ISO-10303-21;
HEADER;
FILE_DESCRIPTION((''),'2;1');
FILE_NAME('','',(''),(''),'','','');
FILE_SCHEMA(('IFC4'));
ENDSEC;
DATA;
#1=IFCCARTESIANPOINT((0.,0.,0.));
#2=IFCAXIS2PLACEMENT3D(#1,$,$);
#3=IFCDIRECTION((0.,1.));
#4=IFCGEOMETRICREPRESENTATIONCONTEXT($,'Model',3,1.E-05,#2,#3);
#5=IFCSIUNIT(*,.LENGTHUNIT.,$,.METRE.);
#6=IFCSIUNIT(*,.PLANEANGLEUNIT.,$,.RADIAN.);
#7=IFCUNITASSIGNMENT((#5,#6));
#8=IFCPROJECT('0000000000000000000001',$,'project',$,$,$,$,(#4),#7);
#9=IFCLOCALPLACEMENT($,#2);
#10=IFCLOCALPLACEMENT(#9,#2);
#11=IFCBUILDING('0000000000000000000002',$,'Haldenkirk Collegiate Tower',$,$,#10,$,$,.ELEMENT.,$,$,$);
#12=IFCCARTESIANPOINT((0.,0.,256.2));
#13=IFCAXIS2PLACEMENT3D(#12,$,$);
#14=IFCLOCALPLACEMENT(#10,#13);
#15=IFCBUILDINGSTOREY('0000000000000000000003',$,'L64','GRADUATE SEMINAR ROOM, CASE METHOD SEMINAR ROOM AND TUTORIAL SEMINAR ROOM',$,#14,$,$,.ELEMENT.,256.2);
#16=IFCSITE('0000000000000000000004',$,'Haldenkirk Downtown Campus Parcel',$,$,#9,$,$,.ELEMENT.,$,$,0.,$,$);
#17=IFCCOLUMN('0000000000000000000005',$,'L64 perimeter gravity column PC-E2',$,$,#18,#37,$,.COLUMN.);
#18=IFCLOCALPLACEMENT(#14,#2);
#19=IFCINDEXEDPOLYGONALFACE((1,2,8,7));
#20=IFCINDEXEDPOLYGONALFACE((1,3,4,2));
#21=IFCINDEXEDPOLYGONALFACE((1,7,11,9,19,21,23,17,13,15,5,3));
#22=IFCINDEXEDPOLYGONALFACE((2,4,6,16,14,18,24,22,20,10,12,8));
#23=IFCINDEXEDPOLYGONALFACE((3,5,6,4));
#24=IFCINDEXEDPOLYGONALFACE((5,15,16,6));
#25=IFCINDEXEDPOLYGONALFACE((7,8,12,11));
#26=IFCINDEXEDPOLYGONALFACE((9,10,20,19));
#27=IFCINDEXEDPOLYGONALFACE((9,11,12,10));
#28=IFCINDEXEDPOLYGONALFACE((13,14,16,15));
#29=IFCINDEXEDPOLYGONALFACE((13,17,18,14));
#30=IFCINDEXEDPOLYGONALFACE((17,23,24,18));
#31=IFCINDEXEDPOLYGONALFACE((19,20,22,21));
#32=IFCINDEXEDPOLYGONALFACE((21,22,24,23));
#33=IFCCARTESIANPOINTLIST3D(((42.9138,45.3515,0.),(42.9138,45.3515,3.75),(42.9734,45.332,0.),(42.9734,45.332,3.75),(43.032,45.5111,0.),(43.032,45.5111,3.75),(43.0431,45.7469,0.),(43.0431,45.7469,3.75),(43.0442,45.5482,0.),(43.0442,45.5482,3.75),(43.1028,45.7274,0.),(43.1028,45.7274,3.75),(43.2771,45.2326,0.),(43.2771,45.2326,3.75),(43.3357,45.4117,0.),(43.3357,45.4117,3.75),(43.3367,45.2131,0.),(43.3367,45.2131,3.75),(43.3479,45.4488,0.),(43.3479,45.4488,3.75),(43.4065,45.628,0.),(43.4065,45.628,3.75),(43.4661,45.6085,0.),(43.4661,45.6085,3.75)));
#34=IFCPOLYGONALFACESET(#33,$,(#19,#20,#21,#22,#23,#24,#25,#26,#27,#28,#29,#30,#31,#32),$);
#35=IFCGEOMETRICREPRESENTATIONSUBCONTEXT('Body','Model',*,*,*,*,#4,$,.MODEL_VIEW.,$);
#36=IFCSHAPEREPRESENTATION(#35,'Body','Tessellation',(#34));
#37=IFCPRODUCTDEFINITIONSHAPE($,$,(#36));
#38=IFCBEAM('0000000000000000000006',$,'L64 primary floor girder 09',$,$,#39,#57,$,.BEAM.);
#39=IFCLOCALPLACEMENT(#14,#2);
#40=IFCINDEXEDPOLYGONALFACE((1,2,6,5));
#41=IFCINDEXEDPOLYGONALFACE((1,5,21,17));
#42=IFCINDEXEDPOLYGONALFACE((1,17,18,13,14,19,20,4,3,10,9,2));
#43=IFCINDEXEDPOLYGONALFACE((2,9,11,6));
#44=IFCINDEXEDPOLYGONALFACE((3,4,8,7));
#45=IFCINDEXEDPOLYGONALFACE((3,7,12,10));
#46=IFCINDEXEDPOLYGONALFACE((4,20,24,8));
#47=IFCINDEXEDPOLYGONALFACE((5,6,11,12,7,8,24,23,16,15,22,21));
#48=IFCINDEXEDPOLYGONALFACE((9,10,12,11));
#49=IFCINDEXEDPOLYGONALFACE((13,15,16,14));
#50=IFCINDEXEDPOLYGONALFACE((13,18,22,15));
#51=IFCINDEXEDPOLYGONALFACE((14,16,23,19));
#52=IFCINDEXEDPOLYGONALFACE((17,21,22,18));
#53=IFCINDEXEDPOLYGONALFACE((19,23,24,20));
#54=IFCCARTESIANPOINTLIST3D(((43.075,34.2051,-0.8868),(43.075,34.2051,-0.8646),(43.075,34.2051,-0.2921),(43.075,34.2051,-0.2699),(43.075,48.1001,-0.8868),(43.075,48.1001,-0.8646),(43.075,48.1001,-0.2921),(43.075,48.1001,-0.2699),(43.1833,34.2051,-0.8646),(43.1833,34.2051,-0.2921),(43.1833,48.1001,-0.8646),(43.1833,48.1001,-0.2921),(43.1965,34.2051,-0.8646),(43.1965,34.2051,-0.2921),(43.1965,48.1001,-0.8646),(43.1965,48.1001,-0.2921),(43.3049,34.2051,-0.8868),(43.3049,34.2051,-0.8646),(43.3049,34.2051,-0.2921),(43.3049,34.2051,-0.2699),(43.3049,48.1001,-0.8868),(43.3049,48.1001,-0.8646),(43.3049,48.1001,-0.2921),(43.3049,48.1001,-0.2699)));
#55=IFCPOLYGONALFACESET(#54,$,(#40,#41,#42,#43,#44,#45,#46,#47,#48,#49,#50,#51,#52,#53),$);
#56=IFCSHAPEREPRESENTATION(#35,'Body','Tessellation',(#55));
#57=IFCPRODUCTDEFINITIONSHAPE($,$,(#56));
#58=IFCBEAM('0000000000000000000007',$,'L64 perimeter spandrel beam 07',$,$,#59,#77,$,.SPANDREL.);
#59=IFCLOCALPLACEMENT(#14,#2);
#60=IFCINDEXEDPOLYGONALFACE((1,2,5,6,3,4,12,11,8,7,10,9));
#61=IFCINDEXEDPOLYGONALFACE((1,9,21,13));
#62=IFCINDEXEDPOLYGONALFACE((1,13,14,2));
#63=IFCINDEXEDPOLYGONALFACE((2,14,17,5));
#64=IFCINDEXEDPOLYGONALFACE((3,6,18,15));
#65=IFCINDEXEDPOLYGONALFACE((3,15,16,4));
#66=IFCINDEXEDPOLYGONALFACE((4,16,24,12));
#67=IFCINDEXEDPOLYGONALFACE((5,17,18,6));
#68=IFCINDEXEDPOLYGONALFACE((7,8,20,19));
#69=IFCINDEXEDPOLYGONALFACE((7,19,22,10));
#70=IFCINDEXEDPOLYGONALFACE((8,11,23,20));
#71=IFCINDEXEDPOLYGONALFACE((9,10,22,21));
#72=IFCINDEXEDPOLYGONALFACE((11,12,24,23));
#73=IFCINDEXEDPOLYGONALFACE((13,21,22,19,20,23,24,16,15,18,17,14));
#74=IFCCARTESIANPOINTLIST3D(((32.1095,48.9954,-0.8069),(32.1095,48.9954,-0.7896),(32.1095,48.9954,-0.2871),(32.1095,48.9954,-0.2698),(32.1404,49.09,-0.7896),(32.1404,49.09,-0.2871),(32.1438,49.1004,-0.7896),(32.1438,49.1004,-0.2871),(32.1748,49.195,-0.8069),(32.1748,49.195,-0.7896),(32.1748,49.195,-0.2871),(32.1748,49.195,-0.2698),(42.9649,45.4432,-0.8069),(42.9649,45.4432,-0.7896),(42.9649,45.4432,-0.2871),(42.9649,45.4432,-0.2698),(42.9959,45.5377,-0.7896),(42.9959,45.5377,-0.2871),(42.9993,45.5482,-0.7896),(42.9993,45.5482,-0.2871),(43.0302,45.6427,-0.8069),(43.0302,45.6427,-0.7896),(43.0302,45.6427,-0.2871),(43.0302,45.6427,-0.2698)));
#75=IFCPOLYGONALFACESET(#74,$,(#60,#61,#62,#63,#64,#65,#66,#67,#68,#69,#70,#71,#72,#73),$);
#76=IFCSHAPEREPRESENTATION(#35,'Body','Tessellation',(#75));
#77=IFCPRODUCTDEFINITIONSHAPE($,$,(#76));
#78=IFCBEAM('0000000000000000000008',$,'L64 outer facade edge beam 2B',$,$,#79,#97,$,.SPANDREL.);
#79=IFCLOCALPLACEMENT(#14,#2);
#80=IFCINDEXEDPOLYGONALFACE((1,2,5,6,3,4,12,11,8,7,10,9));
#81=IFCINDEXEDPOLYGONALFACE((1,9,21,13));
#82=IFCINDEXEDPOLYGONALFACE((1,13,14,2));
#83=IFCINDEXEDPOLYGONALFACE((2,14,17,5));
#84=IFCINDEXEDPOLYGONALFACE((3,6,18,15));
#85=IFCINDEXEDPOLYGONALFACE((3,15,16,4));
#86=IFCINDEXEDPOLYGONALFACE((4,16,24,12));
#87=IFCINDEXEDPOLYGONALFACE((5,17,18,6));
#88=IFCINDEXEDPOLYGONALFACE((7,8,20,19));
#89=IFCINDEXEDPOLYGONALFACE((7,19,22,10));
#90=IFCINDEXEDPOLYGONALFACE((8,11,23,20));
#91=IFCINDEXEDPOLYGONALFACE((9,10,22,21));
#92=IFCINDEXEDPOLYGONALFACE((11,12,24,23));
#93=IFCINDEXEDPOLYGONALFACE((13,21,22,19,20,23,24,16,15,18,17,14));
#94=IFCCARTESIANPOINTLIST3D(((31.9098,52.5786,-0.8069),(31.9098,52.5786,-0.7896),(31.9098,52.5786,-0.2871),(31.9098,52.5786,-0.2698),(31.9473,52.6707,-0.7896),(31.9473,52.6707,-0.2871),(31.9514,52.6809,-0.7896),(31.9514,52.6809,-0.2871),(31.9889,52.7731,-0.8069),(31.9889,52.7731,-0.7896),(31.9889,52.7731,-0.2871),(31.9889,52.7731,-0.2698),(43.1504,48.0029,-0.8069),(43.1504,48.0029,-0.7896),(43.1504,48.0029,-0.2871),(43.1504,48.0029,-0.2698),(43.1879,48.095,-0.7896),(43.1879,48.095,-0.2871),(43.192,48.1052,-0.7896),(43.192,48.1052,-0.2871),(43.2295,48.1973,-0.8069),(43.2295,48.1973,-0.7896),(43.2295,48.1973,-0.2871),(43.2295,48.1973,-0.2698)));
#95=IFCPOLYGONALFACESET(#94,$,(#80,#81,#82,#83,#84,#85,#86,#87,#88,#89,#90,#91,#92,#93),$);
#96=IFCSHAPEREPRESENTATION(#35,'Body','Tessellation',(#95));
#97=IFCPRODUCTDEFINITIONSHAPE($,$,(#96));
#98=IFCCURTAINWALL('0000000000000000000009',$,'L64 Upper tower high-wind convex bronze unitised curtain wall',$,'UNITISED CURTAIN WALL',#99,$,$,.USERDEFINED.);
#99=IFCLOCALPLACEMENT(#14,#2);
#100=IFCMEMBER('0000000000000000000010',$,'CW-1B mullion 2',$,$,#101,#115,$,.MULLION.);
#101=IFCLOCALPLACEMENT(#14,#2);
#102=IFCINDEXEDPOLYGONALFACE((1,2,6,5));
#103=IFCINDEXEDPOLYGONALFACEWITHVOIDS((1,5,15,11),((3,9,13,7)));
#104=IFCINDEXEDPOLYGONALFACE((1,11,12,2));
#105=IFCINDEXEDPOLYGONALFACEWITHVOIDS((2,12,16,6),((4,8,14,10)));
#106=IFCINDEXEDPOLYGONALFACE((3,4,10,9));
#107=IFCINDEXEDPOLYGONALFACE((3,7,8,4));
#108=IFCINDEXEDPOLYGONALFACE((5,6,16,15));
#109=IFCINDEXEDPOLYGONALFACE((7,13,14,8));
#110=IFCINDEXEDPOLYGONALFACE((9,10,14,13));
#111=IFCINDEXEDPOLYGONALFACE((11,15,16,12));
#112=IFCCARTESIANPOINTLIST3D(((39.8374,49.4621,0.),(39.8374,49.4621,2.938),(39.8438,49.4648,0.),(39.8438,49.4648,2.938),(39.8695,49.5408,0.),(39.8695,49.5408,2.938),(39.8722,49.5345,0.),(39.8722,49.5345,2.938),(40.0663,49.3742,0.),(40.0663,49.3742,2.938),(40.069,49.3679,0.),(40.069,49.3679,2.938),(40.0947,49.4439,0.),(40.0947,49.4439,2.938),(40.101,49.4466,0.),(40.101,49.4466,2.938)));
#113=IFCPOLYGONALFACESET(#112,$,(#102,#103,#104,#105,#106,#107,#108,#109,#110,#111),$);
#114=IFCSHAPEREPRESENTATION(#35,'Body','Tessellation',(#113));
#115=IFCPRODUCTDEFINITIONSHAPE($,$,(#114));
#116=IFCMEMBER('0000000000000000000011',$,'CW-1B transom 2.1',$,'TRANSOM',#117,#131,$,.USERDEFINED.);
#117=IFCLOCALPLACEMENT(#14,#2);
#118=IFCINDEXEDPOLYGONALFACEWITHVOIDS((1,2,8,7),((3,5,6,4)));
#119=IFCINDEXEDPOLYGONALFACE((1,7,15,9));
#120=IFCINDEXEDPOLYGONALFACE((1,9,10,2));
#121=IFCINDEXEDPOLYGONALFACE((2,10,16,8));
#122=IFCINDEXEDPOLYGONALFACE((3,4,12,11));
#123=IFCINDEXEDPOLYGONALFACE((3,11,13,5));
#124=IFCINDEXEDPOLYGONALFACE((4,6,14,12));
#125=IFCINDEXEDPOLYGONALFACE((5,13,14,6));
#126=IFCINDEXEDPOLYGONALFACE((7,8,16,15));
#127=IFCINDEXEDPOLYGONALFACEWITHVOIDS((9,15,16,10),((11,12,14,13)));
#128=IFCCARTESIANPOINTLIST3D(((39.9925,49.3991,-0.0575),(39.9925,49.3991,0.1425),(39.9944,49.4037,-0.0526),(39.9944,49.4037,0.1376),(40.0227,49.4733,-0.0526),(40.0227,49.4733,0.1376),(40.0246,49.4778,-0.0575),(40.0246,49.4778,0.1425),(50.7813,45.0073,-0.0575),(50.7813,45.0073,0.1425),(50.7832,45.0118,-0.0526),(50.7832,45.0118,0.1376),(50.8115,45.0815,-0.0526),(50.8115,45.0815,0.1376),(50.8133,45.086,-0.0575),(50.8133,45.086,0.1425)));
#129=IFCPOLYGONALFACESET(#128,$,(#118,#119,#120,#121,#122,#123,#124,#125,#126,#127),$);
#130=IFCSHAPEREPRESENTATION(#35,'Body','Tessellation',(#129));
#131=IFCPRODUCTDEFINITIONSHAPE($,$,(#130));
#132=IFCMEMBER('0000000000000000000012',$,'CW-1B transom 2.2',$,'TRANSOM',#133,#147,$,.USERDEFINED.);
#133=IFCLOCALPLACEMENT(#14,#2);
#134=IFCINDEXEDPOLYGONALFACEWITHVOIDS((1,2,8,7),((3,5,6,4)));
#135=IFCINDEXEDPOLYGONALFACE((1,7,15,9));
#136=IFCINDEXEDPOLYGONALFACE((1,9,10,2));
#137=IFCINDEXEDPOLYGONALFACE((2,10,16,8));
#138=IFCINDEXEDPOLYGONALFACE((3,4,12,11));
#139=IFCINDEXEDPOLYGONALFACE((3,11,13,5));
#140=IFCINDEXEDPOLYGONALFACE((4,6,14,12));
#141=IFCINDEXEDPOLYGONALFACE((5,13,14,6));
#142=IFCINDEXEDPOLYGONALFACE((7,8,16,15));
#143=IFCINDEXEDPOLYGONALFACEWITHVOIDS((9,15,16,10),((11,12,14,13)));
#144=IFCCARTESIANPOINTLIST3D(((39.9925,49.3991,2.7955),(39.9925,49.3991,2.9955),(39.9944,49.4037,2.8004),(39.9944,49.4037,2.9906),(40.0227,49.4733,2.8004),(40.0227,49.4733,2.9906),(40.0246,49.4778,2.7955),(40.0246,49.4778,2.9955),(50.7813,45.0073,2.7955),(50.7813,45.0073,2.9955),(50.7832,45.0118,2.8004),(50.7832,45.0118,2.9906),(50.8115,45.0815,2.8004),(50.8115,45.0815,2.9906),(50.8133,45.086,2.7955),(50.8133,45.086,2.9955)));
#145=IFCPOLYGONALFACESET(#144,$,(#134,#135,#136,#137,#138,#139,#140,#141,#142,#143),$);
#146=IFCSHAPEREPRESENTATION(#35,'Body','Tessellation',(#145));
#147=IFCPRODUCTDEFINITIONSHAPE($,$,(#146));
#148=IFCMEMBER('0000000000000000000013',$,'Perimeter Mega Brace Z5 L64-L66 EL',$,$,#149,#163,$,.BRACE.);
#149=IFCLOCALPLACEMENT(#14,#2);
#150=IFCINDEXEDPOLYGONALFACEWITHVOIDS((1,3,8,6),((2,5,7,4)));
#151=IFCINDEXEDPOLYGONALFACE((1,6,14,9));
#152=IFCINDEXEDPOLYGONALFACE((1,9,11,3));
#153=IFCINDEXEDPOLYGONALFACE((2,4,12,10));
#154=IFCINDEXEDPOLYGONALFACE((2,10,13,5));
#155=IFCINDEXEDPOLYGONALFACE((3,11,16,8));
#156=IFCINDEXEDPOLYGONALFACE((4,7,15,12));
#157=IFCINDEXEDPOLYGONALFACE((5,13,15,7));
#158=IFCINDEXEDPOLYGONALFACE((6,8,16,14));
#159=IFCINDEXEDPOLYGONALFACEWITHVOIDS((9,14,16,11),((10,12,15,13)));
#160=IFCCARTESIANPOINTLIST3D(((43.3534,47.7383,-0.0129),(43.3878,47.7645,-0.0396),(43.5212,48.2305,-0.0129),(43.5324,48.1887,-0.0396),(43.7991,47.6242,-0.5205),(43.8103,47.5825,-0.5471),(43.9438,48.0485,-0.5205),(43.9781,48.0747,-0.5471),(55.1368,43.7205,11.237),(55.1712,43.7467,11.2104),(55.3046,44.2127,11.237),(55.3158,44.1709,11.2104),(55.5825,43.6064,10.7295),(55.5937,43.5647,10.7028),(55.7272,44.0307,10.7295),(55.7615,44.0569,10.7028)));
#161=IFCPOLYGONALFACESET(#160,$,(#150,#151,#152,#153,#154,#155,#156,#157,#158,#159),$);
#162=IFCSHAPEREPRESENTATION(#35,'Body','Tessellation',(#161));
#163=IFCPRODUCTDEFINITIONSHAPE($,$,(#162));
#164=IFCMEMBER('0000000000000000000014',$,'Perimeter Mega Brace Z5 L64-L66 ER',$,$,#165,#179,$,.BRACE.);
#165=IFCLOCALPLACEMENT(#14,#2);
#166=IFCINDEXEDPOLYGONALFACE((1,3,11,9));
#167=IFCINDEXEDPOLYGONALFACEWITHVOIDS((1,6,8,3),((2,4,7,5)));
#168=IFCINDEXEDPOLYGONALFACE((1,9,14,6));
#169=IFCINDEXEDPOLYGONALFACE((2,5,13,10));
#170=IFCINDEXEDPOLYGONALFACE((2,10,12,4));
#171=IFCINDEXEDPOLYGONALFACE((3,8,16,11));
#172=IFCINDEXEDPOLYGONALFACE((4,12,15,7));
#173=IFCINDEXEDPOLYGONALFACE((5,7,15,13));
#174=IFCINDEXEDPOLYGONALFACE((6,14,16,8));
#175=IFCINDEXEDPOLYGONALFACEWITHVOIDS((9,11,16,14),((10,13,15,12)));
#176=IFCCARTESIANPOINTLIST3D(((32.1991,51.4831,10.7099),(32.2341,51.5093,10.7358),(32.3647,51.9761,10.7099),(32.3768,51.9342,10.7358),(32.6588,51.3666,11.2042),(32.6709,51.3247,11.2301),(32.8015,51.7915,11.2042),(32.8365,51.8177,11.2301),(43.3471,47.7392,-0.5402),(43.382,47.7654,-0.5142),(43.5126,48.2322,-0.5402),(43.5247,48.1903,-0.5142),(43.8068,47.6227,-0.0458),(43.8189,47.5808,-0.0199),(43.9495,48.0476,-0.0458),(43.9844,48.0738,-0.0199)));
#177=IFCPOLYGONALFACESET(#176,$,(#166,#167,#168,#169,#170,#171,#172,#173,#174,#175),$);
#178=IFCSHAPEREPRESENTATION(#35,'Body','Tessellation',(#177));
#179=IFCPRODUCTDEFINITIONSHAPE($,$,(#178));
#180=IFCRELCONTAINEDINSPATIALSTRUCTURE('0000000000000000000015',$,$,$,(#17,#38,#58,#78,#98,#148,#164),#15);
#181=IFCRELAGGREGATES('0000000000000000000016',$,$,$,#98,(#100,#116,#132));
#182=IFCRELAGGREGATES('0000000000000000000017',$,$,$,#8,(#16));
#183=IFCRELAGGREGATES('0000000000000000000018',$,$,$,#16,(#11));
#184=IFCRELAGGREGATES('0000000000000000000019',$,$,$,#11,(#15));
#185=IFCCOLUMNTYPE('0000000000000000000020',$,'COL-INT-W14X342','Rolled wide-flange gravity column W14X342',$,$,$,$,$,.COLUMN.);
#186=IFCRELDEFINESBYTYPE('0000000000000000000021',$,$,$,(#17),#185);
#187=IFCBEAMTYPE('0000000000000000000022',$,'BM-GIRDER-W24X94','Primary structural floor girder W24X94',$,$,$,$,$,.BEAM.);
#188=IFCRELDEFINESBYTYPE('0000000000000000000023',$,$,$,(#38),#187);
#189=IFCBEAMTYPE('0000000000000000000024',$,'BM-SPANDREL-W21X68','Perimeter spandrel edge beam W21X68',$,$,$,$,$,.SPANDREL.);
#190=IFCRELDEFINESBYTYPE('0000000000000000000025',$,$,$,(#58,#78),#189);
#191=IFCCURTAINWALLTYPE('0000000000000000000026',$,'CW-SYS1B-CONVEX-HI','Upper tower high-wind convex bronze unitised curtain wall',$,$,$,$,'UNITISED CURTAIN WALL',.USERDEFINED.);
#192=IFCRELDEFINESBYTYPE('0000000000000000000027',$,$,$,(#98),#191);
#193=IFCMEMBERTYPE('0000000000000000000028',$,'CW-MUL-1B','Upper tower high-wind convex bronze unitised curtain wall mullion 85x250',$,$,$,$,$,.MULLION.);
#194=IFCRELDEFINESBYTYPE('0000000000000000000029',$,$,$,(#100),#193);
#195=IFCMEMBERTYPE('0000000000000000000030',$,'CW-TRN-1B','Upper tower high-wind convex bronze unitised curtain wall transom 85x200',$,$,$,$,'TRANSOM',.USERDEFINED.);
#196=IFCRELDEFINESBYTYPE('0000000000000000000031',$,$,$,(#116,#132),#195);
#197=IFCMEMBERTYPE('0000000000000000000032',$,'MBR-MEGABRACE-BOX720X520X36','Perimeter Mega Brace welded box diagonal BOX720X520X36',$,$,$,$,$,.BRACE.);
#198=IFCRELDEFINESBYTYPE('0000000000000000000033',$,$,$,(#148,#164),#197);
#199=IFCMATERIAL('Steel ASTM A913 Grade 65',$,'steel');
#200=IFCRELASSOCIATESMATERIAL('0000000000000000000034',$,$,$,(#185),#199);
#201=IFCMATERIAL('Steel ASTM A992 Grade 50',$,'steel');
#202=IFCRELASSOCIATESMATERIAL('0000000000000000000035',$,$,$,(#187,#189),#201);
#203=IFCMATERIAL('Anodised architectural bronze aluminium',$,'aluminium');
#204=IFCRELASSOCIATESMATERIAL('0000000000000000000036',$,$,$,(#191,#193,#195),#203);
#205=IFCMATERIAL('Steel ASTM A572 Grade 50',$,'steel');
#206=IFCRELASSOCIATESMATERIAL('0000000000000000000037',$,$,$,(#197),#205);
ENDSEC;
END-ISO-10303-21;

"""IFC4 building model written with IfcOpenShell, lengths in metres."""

from ifc_helpers import new_model, si_unit, direction, frame, origin, origin_2d, place, context, subcontext, project, spatial, hollow_rectangle, i_section, extrude, material, material_profile, profile_set, type_object, element, aggregate, save


model = new_model("IFC4")

# Units and contexts
model_context = context("Model", 3, precision=1e-05, world=origin(), true_north=direction((0.0, 1.0)))
body_context = subcontext(model_context, "Body", "Model", "MODEL_VIEW")
ifc_project = project(units=[si_unit("LENGTHUNIT", "METRE"), si_unit("PLANEANGLEUNIT", "RADIAN")], contexts=[model_context])

# Site, building, storey
site_placement = place(None, origin())
site = spatial("IfcSite", under=ifc_project, at=site_placement, Name="Haldenkirk Downtown Campus Parcel", CompositionType="ELEMENT", RefElevation=0.0)
building_placement = place(site_placement, origin())
building = spatial("IfcBuilding", under=site, at=building_placement, Name="Haldenkirk Collegiate Tower", CompositionType="ELEMENT")
storey_placement = place(building_placement, frame((0.0, 0.0, 256.2)))
storey = spatial("IfcBuildingStorey", under=building, at=storey_placement, Name="L64", Description="GRADUATE SEMINAR ROOM, CASE METHOD SEMINAR ROOM AND TUTORIAL SEMINAR ROOM", CompositionType="ELEMENT", Elevation=256.2)

# Column
ifc_material_1 = material(Name="Steel ASTM A913 Grade 65", Category="steel")
ifc_material_profile_1 = material_profile(ifc_material_1, i_section(OverallWidth=0.416, OverallDepth=0.4451, WebThickness=0.0391, FlangeThickness=0.0627, at=origin_2d()), Name="W14X342")
ifc_profile_set_1 = profile_set([ifc_material_profile_1], Name="Steel ASTM A913 Grade 65")
column_type = type_object("IfcColumnType", Name="COL-INT-W14X342", Description="Rolled wide-flange gravity column W14X342", PredefinedType="COLUMN", material=ifc_profile_set_1)
column_placement = place(storey_placement, frame((43.1899, 45.48, 0.0), z_axis=(0.0, 0.0, 1.0), x_axis=(0.311008, 0.950407, 0.0)))
element("IfcColumn", 1, at=column_placement, inside=storey, type_object=column_type, Name="L64 perimeter gravity column PC-E2", PredefinedType="COLUMN", context=body_context, shape_type="SweptSolid", body=[
    extrude(i_section(OverallWidth=0.416, OverallDepth=0.4451, WebThickness=0.0391, FlangeThickness=0.0627, at=origin_2d()), origin(), (0.0, 0.0, 1.0), 3.75),
])

# Beams
ifc_material_2 = material(Name="Steel ASTM A992 Grade 50", Category="steel")
ifc_material_profile_2 = material_profile(ifc_material_2, i_section(OverallWidth=0.23, OverallDepth=0.6169, WebThickness=0.0132, FlangeThickness=0.0222, at=origin_2d()), Name="W24X94")
ifc_profile_set_2 = profile_set([ifc_material_profile_2], Name="Steel ASTM A992 Grade 50")
beam_type_1 = type_object("IfcBeamType", Name="BM-GIRDER-W24X94", Description="Primary structural floor girder W24X94", PredefinedType="BEAM", material=ifc_profile_set_2)
beam_1_placement = place(storey_placement, frame((43.1899, 48.1001, -0.5784), z_axis=(0.0, -1.0, 0.0), x_axis=(1.0, 0.0, 0.0)))
element("IfcBeam", 2, at=beam_1_placement, inside=storey, type_object=beam_type_1, Name="L64 primary floor girder 09", PredefinedType="BEAM", context=body_context, shape_type="SweptSolid", body=[
    extrude(i_section(OverallWidth=0.23, OverallDepth=0.6169, WebThickness=0.0132, FlangeThickness=0.0222, at=origin_2d()), origin(), (0.0, 0.0, 1.0), 13.895),
])
ifc_material_profile_3 = material_profile(ifc_material_2, i_section(OverallWidth=0.21, OverallDepth=0.5371, WebThickness=0.011, FlangeThickness=0.0173, at=origin_2d()), Name="W21X68")
ifc_profile_set_3 = profile_set([ifc_material_profile_3], Name="Steel ASTM A992 Grade 50")
beam_type_2 = type_object("IfcBeamType", Name="BM-SPANDREL-W21X68", Description="Perimeter spandrel edge beam W21X68", PredefinedType="SPANDREL", material=ifc_profile_set_3)
beam_2_placement = place(storey_placement, frame((42.9976, 45.543, -0.5383), z_axis=(-0.950409, 0.311003, 0.0), x_axis=(-0.311003, -0.950409, 0.0)))
element("IfcBeam", 3, at=beam_2_placement, inside=storey, type_object=beam_type_2, Name="L64 perimeter spandrel beam 07", PredefinedType="SPANDREL", context=body_context, shape_type="SweptSolid", body=[
    extrude(i_section(OverallWidth=0.21, OverallDepth=0.5371, WebThickness=0.011, FlangeThickness=0.0173, at=origin_2d()), origin(), (0.0, 0.0, 1.0), 11.4219),
])
beam_3_placement = place(storey_placement, frame((43.1899, 48.1001, -0.5383), z_axis=(-0.926201, 0.37703, 0.0), x_axis=(-0.37703, -0.926201, 0.0)))
element("IfcBeam", 4, at=beam_3_placement, inside=storey, type_object=beam_type_2, Name="L64 outer facade edge beam 2B", PredefinedType="SPANDREL", context=body_context, shape_type="SweptSolid", body=[
    extrude(i_section(OverallWidth=0.21, OverallDepth=0.5371, WebThickness=0.011, FlangeThickness=0.0173, at=origin_2d()), origin(), (0.0, 0.0, 1.0), 12.1362),
])

# Curtain wall, members
ifc_material_3 = material(Name="Anodised architectural bronze aluminium", Category="aluminium")
curtain_wall_type = type_object("IfcCurtainWallType", Name="CW-SYS1B-CONVEX-HI", Description="Upper tower high-wind convex bronze unitised curtain wall", ElementType="UNITISED CURTAIN WALL", PredefinedType="USERDEFINED", material=ifc_material_3)
curtain_wall_placement = place(storey_placement, origin())
curtain_wall = element("IfcCurtainWall", 5, at=curtain_wall_placement, inside=storey, type_object=curtain_wall_type, Name="L64 Upper tower high-wind convex bronze unitised curtain wall", ObjectType="UNITISED CURTAIN WALL", PredefinedType="USERDEFINED")
ifc_material_profile_4 = material_profile(ifc_material_3, hollow_rectangle(XDim=0.085, YDim=0.25, WallThickness=0.0049, at=origin_2d()), Name="CW-MUL-1B")
ifc_profile_set_4 = profile_set([ifc_material_profile_4], Name="Anodised architectural bronze aluminium")
member_type_1 = type_object("IfcMemberType", Name="CW-MUL-1B", Description="Upper tower high-wind convex bronze unitised curtain wall mullion 85x250", PredefinedType="MULLION", material=ifc_profile_set_4)
member_1_placement = place(storey_placement, frame((39.9692, 49.4543, 0.0), z_axis=(0.0, 0.0, 1.0), x_axis=(0.377034, 0.926199, 0.0)))
member_1 = element("IfcMember", 6, at=member_1_placement, type_object=member_type_1, Name="CW-1B mullion 2", PredefinedType="MULLION", context=body_context, shape_type="SweptSolid", body=[
    extrude(hollow_rectangle(XDim=0.085, YDim=0.25, WallThickness=0.0049, at=origin_2d()), origin(), (0.0, 0.0, 1.0), 2.938),
])
ifc_material_profile_5 = material_profile(ifc_material_3, hollow_rectangle(XDim=0.085, YDim=0.2, WallThickness=0.0049, at=origin_2d()), Name="CW-TRN-1B")
ifc_profile_set_5 = profile_set([ifc_material_profile_5], Name="Anodised architectural bronze aluminium")
member_type_2 = type_object("IfcMemberType", Name="CW-TRN-1B", Description="Upper tower high-wind convex bronze unitised curtain wall transom 85x200", ElementType="TRANSOM", PredefinedType="USERDEFINED", material=ifc_profile_set_5)
member_2_placement = place(storey_placement, frame((40.0085, 49.4385, 0.0425), z_axis=(0.9262, -0.377032, 0.0), x_axis=(0.377032, 0.9262, 0.0)))
member_2 = element("IfcMember", 7, at=member_2_placement, type_object=member_type_2, Name="CW-1B transom 2.1", ObjectType="TRANSOM", PredefinedType="USERDEFINED", context=body_context, shape_type="SweptSolid", body=[
    extrude(hollow_rectangle(XDim=0.085, YDim=0.2, WallThickness=0.0049, at=origin_2d()), origin(), (0.0, 0.0, 1.0), 11.6484),
])
member_3_placement = place(storey_placement, frame((40.0085, 49.4385, 2.8955), z_axis=(0.9262, -0.377032, 0.0), x_axis=(0.377032, 0.9262, 0.0)))
member_3 = element("IfcMember", 8, at=member_3_placement, type_object=member_type_2, Name="CW-1B transom 2.2", ObjectType="TRANSOM", PredefinedType="USERDEFINED", context=body_context, shape_type="SweptSolid", body=[
    extrude(hollow_rectangle(XDim=0.085, YDim=0.2, WallThickness=0.0049, at=origin_2d()), origin(), (0.0, 0.0, 1.0), 11.6484),
])

# Members
ifc_material_4 = material(Name="Steel ASTM A572 Grade 50", Category="steel")
ifc_material_profile_6 = material_profile(ifc_material_4, hollow_rectangle(XDim=0.52, YDim=0.72, WallThickness=0.0359, at=origin_2d()), Name="BOX720X520X36")
ifc_profile_set_6 = profile_set([ifc_material_profile_6], Name="Steel ASTM A572 Grade 50")
member_type_3 = type_object("IfcMemberType", Name="MBR-MEGABRACE-BOX720X520X36", Description="Perimeter Mega Brace welded box diagonal BOX720X520X36", PredefinedType="BRACE", material=ifc_profile_set_6)
member_4_placement = place(storey_placement, frame((43.6658, 47.9065, -0.28), z_axis=(0.702248, -0.239447, 0.670457), x_axis=(0.322727, 0.946492, 0.0)))
element("IfcMember", 9, at=member_4_placement, inside=storey, type_object=member_type_3, Name="Perimeter Mega Brace Z5 L64-L66 EL", PredefinedType="BRACE", context=body_context, shape_type="SweptSolid", body=[
    extrude(hollow_rectangle(XDim=0.52, YDim=0.72, WallThickness=0.0359, at=origin_2d()), origin(), (0.0, 0.0, 1.0), 16.7795),
])
member_5_placement = place(storey_placement, frame((43.6658, 47.9065, -0.28), z_axis=(-0.684999, 0.230048, 0.69127), x_axis=(-0.318363, -0.947969, 0.0)))
element("IfcMember", 10, at=member_5_placement, inside=storey, type_object=member_type_3, Name="Perimeter Mega Brace Z5 L64-L66 ER", PredefinedType="BRACE", context=body_context, shape_type="SweptSolid", body=[
    extrude(hollow_rectangle(XDim=0.52, YDim=0.72, WallThickness=0.0359, at=origin_2d()), origin(), (0.0, 0.0, 1.0), 16.2744),
])

aggregate(curtain_wall, [member_1, member_2, member_3])

save(model, "model.ifc")
